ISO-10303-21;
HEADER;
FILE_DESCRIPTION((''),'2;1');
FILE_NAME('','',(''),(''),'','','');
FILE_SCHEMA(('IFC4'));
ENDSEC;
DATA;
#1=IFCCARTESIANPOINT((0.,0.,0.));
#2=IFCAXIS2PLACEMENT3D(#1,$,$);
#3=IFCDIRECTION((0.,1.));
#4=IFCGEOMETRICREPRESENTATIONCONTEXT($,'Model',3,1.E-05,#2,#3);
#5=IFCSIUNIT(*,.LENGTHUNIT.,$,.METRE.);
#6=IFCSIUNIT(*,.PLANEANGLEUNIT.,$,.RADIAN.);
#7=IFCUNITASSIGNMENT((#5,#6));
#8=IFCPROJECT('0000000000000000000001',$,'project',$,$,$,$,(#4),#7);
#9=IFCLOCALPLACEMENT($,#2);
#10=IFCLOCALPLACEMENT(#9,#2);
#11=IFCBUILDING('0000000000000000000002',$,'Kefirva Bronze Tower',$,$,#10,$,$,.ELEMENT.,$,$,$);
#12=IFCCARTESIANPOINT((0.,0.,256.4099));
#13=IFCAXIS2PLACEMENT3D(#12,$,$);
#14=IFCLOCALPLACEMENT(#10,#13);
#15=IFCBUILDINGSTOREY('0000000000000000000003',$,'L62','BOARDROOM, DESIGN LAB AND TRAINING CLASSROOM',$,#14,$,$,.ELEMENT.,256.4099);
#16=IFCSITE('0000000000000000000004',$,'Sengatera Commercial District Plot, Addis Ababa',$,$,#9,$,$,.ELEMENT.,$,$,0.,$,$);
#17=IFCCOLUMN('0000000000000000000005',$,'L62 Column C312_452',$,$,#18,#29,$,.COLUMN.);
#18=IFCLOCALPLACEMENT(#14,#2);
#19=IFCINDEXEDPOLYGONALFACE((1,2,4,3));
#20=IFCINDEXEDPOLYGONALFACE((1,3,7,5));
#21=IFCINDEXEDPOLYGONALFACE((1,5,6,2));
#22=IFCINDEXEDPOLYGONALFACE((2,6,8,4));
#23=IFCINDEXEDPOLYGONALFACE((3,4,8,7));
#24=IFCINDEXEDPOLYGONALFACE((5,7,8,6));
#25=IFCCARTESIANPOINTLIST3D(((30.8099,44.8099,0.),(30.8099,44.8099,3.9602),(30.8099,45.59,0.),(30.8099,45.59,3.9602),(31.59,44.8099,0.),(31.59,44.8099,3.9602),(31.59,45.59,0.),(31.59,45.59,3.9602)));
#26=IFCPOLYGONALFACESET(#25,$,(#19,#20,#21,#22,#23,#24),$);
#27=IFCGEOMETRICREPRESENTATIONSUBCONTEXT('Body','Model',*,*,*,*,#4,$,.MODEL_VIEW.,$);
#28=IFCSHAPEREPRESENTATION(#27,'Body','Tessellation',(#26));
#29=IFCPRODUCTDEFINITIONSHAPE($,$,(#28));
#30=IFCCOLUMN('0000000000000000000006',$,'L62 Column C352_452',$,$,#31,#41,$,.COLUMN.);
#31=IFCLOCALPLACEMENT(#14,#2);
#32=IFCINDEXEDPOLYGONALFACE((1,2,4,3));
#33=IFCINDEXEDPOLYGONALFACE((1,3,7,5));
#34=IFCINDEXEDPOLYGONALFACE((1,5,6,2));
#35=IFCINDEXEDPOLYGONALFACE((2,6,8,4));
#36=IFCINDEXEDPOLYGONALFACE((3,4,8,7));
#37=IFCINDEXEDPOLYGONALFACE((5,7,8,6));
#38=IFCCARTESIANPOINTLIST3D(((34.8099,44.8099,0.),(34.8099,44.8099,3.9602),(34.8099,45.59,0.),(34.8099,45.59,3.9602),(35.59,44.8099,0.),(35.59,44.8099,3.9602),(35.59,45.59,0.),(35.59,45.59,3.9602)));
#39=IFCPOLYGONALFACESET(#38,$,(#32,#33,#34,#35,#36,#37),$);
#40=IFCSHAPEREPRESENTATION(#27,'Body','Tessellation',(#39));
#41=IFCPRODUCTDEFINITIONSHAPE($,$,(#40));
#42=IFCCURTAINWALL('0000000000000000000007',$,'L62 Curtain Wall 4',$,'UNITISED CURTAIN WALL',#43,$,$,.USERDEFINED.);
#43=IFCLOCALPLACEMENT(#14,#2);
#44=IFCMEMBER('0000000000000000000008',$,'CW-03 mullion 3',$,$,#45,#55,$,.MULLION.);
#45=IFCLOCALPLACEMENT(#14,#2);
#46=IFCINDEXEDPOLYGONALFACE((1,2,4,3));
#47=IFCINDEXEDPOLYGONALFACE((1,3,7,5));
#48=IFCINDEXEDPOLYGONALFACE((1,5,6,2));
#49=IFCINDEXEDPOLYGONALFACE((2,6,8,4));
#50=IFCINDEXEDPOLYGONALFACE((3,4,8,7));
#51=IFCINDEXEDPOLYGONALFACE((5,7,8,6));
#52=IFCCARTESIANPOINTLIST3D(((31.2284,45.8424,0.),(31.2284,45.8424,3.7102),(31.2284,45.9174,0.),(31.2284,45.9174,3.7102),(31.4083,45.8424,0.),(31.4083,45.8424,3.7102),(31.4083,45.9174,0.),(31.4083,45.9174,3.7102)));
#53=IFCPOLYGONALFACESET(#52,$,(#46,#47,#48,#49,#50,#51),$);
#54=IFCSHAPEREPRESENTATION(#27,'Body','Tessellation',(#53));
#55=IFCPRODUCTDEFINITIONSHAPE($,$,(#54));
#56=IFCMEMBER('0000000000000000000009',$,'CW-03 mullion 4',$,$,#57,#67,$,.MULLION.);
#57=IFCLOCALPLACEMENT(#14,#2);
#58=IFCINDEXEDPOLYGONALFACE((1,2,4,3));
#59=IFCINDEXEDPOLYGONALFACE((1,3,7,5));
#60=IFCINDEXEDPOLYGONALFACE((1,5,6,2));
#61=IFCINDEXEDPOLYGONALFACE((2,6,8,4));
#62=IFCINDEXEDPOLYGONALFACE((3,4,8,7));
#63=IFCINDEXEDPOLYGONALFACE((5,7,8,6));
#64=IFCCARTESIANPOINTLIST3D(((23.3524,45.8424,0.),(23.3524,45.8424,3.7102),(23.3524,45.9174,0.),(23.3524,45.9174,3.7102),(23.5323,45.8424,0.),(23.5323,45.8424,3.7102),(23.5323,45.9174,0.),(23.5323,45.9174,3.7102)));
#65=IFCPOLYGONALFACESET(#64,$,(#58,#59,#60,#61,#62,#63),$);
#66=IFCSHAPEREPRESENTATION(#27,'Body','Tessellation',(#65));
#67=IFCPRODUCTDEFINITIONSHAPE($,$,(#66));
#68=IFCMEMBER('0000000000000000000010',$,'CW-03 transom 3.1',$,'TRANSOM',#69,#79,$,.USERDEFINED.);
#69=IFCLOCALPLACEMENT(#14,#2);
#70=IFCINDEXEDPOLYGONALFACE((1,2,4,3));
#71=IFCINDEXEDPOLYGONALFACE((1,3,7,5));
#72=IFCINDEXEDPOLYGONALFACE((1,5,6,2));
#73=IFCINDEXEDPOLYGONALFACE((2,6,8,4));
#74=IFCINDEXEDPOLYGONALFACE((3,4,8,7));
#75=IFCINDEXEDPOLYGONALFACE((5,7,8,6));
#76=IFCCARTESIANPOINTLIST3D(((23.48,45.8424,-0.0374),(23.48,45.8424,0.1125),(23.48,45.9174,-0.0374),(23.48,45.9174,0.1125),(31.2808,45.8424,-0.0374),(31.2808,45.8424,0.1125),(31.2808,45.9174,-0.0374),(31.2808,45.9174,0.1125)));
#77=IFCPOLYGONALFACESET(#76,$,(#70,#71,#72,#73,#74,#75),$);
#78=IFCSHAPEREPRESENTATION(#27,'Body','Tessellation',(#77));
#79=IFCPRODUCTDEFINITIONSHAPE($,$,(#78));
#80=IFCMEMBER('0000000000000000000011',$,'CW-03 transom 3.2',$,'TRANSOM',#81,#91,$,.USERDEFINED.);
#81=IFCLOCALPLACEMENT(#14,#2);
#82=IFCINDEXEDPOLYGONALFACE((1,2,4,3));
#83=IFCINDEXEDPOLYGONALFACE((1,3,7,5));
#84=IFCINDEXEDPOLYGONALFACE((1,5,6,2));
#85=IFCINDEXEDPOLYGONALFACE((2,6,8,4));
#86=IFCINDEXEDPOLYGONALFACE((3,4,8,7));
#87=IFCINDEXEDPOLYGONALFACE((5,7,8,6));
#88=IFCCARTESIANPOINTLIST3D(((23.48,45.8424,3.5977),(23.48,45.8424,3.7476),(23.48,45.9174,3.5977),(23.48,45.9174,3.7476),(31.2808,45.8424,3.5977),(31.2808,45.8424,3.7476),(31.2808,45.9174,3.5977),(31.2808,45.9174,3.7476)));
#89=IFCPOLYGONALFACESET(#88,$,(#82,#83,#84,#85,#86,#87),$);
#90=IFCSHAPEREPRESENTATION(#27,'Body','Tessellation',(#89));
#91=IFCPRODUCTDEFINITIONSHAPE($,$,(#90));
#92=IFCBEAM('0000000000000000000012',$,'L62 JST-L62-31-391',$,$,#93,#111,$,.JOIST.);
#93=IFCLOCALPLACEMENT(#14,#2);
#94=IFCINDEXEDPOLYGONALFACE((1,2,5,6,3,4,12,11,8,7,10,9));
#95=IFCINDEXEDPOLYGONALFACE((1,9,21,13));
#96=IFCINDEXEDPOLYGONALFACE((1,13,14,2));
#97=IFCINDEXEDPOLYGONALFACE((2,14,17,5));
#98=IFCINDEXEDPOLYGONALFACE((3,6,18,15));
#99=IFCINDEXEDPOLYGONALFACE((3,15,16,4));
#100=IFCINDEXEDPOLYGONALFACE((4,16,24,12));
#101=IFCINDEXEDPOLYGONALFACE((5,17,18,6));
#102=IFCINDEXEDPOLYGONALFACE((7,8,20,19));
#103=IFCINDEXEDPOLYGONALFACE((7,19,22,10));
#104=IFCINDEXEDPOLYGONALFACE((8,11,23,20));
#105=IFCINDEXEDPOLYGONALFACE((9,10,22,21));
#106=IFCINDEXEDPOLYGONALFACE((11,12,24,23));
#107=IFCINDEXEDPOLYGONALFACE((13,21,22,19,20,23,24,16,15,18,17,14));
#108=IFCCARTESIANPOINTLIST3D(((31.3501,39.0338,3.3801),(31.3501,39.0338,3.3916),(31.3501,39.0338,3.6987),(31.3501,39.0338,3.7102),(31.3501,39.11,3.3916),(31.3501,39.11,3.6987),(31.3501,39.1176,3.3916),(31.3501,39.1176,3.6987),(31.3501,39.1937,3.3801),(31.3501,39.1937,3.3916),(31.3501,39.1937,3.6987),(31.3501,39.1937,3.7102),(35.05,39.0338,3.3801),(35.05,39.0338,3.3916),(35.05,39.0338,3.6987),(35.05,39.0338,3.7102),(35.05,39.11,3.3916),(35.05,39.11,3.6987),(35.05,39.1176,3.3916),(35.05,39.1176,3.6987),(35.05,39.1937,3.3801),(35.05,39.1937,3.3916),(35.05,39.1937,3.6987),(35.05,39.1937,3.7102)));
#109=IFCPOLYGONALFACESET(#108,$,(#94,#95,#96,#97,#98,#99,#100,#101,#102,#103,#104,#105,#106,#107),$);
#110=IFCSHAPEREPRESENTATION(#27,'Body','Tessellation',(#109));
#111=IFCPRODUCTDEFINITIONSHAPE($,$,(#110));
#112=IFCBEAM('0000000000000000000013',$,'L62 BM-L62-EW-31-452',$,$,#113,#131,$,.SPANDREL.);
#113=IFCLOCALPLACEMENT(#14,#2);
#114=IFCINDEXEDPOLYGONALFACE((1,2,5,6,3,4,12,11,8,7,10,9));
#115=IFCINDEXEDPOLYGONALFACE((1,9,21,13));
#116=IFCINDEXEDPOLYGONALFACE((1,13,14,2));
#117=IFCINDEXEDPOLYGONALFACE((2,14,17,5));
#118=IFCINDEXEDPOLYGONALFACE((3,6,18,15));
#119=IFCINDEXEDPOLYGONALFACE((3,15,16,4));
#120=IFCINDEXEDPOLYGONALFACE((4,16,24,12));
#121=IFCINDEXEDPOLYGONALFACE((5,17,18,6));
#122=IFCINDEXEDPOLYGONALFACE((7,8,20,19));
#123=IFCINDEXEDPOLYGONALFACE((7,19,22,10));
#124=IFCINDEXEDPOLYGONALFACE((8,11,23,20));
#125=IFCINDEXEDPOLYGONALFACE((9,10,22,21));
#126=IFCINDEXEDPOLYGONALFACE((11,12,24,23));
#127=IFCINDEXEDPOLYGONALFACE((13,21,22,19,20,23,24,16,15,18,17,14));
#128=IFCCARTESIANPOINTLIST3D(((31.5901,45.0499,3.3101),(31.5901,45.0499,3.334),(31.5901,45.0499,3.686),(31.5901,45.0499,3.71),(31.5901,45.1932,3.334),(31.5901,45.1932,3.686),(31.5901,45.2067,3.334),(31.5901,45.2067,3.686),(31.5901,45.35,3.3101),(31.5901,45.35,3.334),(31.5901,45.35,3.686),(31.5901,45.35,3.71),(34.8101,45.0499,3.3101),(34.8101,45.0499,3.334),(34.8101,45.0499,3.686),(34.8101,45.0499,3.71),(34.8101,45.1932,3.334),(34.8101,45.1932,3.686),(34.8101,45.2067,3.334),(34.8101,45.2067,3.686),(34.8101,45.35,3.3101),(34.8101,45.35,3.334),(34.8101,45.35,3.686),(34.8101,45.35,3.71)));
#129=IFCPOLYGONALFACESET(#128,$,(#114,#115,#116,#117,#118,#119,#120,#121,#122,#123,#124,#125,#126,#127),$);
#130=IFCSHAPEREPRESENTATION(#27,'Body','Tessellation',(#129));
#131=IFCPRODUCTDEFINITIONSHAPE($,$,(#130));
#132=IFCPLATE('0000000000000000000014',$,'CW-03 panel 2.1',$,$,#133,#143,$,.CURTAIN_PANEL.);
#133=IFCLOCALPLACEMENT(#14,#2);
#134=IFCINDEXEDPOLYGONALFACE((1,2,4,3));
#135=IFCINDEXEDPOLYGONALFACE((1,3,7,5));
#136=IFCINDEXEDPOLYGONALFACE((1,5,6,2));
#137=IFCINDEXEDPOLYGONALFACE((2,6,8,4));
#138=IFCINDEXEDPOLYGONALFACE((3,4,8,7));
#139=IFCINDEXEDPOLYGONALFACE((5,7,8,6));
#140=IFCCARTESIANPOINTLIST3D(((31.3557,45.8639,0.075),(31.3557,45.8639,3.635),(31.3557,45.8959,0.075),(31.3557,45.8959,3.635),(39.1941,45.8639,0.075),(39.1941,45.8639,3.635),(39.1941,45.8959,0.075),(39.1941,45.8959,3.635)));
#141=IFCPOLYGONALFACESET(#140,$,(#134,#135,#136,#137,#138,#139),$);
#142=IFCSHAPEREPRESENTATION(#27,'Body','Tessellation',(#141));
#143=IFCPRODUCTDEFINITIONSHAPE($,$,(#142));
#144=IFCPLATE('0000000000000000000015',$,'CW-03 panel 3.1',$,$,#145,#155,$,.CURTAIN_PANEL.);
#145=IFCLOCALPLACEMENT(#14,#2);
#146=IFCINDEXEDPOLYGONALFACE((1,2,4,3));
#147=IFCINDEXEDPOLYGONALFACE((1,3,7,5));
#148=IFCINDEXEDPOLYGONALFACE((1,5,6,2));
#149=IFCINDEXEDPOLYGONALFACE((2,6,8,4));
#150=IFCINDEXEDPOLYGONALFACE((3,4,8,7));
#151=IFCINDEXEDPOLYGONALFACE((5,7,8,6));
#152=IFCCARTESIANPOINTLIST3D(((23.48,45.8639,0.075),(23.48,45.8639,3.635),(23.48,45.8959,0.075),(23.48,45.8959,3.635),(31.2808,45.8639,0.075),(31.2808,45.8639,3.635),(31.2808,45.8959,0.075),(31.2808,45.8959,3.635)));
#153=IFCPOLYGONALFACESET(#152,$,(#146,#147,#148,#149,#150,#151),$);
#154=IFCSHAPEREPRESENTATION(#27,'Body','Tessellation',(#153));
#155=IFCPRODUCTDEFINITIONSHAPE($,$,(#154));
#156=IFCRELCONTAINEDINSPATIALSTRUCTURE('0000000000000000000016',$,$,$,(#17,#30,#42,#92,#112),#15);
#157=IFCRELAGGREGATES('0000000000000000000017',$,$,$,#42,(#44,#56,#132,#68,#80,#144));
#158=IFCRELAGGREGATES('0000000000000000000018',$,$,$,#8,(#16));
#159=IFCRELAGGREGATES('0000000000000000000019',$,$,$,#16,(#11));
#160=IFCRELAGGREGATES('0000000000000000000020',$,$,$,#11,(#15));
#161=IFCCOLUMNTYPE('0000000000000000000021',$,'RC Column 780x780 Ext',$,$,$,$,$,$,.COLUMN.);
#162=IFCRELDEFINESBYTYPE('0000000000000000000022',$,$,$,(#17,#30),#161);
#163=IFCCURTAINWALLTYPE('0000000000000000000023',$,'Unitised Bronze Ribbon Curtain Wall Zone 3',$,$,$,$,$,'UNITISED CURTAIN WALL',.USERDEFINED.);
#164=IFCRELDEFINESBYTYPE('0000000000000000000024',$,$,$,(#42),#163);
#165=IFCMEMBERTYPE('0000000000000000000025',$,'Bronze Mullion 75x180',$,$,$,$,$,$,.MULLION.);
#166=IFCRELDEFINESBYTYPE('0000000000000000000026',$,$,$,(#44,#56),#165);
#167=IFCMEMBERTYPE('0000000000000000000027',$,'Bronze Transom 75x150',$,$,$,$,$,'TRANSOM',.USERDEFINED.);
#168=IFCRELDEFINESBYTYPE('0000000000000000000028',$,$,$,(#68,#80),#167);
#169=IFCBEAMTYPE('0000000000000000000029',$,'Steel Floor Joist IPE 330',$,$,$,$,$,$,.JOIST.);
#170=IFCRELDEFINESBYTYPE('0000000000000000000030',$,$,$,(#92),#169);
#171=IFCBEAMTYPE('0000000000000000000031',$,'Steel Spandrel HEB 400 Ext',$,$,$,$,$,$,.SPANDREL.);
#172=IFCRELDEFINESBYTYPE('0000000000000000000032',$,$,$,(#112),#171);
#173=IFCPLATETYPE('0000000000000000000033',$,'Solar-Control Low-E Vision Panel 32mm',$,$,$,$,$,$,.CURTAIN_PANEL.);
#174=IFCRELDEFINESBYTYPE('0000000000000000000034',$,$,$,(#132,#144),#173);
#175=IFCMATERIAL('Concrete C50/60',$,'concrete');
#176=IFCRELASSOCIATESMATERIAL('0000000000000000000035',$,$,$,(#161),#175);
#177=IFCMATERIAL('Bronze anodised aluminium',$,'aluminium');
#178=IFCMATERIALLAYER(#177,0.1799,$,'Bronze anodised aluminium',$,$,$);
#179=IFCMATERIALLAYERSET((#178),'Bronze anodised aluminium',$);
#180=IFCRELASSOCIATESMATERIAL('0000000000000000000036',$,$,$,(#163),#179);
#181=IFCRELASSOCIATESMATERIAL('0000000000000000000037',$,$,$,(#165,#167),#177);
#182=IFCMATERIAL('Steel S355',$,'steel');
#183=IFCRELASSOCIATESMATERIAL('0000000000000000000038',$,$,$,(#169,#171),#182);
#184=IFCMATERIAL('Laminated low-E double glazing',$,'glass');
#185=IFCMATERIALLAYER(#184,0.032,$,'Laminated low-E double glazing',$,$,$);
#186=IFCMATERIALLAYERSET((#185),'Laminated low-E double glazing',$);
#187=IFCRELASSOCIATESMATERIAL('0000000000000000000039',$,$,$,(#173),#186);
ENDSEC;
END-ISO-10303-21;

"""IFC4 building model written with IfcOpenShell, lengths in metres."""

from ifc_helpers import new_model, si_unit, direction, frame, origin, origin_2d, place, context, subcontext, project, spatial, rectangle, i_section, extrude, material, layer, layer_set, material_profile, profile_set, type_object, element, aggregate, save


model = new_model("IFC4")

# Units and contexts
model_context = context("Model", 3, precision=1e-05, world=origin(), true_north=direction((0.0, 1.0)))
body_context = subcontext(model_context, "Body", "Model", "MODEL_VIEW")
ifc_project = project(units=[si_unit("LENGTHUNIT", "METRE"), si_unit("PLANEANGLEUNIT", "RADIAN")], contexts=[model_context])

# Site, building, storey
site_placement = place(None, origin())
site = spatial("IfcSite", under=ifc_project, at=site_placement, Name="Sengatera Commercial District Plot, Addis Ababa", CompositionType="ELEMENT", RefElevation=0.0)
building_placement = place(site_placement, origin())
building = spatial("IfcBuilding", under=site, at=building_placement, Name="Kefirva Bronze Tower", CompositionType="ELEMENT")
storey_placement = place(building_placement, frame((0.0, 0.0, 256.4099)))
storey = spatial("IfcBuildingStorey", under=building, at=storey_placement, Name="L62", Description="BOARDROOM, DESIGN LAB AND TRAINING CLASSROOM", CompositionType="ELEMENT", Elevation=256.4099)

# Columns
ifc_material_1 = material(Name="Concrete C50/60", Category="concrete")
ifc_material_profile_1 = material_profile(ifc_material_1, rectangle(XDim=0.78, YDim=0.78, at=origin_2d()), Name="RC 780x780")
ifc_profile_set_1 = profile_set([ifc_material_profile_1], Name="Concrete C50/60")
column_type = type_object("IfcColumnType", Name="RC Column 780x780 Ext", PredefinedType="COLUMN", material=ifc_profile_set_1)
for number, where, z_axis, x_axis, name in (
    (1, (31.2, 45.2, 0.0), (0.0, 0.0, 1.0), (1.0, 0.0, 0.0), "L62 Column C312_452"),
    (2, (35.2, 45.2, 0.0), (0.0, 0.0, 1.0), (1.0, 0.0, 0.0), "L62 Column C352_452"),
):
    element("IfcColumn", number, at=place(storey_placement, frame(where, z_axis=z_axis, x_axis=x_axis)), inside=storey, type_object=column_type, Name=name, PredefinedType="COLUMN", context=body_context, shape_type="SweptSolid", body=[
        extrude(rectangle(XDim=0.78, YDim=0.78, at=origin_2d()), origin(), (0.0, 0.0, 1.0), 3.9602),
    ])

# Curtain wall, members
ifc_material_2 = material(Name="Bronze anodised aluminium", Category="aluminium")
ifc_layer_1 = layer(ifc_material_2, 0.1799, Name="Bronze anodised aluminium")
ifc_layer_set_1 = layer_set([ifc_layer_1], Name="Bronze anodised aluminium")
curtain_wall_type = type_object("IfcCurtainWallType", Name="Unitised Bronze Ribbon Curtain Wall Zone 3", ElementType="UNITISED CURTAIN WALL", PredefinedType="USERDEFINED", material=ifc_layer_set_1)
curtain_wall_placement = place(storey_placement, origin())
curtain_wall = element("IfcCurtainWall", 3, at=curtain_wall_placement, inside=storey, type_object=curtain_wall_type, Name="L62 Curtain Wall 4", ObjectType="UNITISED CURTAIN WALL", PredefinedType="USERDEFINED")
ifc_material_profile_2 = material_profile(ifc_material_2, rectangle(XDim=0.075, YDim=0.1799, at=origin_2d()), Name="ALU 75x180")
ifc_profile_set_2 = profile_set([ifc_material_profile_2], Name="Bronze anodised aluminium")
member_type_1 = type_object("IfcMemberType", Name="Bronze Mullion 75x180", PredefinedType="MULLION", material=ifc_profile_set_2)
member_1_placement = place(storey_placement, frame((31.3184, 45.8799, 0.0), z_axis=(0.0, 0.0, 1.0), x_axis=(0.0, -1.0, 0.0)))
member_1 = element("IfcMember", 4, at=member_1_placement, type_object=member_type_1, Name="CW-03 mullion 3", PredefinedType="MULLION", context=body_context, shape_type="SweptSolid", body=[
    extrude(rectangle(XDim=0.075, YDim=0.1799, at=origin_2d()), origin(), (0.0, 0.0, 1.0), 3.7102),
])
member_2_placement = place(storey_placement, frame((23.4424, 45.8799, 0.0), z_axis=(0.0, 0.0, 1.0), x_axis=(0.0, -1.0, 0.0)))
member_2 = element("IfcMember", 5, at=member_2_placement, type_object=member_type_1, Name="CW-03 mullion 4", PredefinedType="MULLION", context=body_context, shape_type="SweptSolid", body=[
    extrude(rectangle(XDim=0.075, YDim=0.1799, at=origin_2d()), origin(), (0.0, 0.0, 1.0), 3.7102),
])
ifc_material_profile_3 = material_profile(ifc_material_2, rectangle(XDim=0.075, YDim=0.1499, at=origin_2d()), Name="ALU 75x150")
ifc_profile_set_3 = profile_set([ifc_material_profile_3], Name="Bronze anodised aluminium")
member_type_2 = type_object("IfcMemberType", Name="Bronze Transom 75x150", ElementType="TRANSOM", PredefinedType="USERDEFINED", material=ifc_profile_set_3)
member_3_placement = place(storey_placement, frame((31.2808, 45.8799, 0.0376), z_axis=(-1.0, 0.0, 0.0), x_axis=(0.0, -1.0, 0.0)))
member_3 = element("IfcMember", 6, at=member_3_placement, type_object=member_type_2, Name="CW-03 transom 3.1", ObjectType="TRANSOM", PredefinedType="USERDEFINED", context=body_context, shape_type="SweptSolid", body=[
    extrude(rectangle(XDim=0.075, YDim=0.1499, at=origin_2d()), origin(), (0.0, 0.0, 1.0), 7.8008),
])
member_4_placement = place(storey_placement, frame((31.2808, 45.8799, 3.6726), z_axis=(-1.0, 0.0, 0.0), x_axis=(0.0, -1.0, 0.0)))
member_4 = element("IfcMember", 7, at=member_4_placement, type_object=member_type_2, Name="CW-03 transom 3.2", ObjectType="TRANSOM", PredefinedType="USERDEFINED", context=body_context, shape_type="SweptSolid", body=[
    extrude(rectangle(XDim=0.075, YDim=0.1499, at=origin_2d()), origin(), (0.0, 0.0, 1.0), 7.8008),
])

# Beams
ifc_material_3 = material(Name="Steel S355", Category="steel")
ifc_material_profile_4 = material_profile(ifc_material_3, i_section(OverallWidth=0.1599, OverallDepth=0.3301, WebThickness=0.0076, FlangeThickness=0.0115, at=origin_2d()), Name="IPE 330")
ifc_profile_set_4 = profile_set([ifc_material_profile_4], Name="Steel S355")
beam_type_1 = type_object("IfcBeamType", Name="Steel Floor Joist IPE 330", PredefinedType="JOIST", material=ifc_profile_set_4)
beam_1_placement = place(storey_placement, frame((31.3501, 39.1138, 3.5452), z_axis=(1.0, 0.0, 0.0), x_axis=(0.0, 1.0, 0.0)))
element("IfcBeam", 8, at=beam_1_placement, inside=storey, type_object=beam_type_1, Name="L62 JST-L62-31-391", PredefinedType="JOIST", context=body_context, shape_type="SweptSolid", body=[
    extrude(i_section(OverallWidth=0.1599, OverallDepth=0.3301, WebThickness=0.0076, FlangeThickness=0.0115, at=origin_2d()), origin(), (0.0, 0.0, 1.0), 3.7),
])
ifc_material_profile_5 = material_profile(ifc_material_3, i_section(OverallWidth=0.3, OverallDepth=0.3999, WebThickness=0.0134, FlangeThickness=0.0239, at=origin_2d()), Name="HEB 400")
ifc_profile_set_5 = profile_set([ifc_material_profile_5], Name="Steel S355")
beam_type_2 = type_object("IfcBeamType", Name="Steel Spandrel HEB 400 Ext", PredefinedType="SPANDREL", material=ifc_profile_set_5)
beam_2_placement = place(storey_placement, frame((31.5901, 45.2, 3.51), z_axis=(1.0, 0.0, 0.0), x_axis=(0.0, 1.0, 0.0)))
element("IfcBeam", 9, at=beam_2_placement, inside=storey, type_object=beam_type_2, Name="L62 BM-L62-EW-31-452", PredefinedType="SPANDREL", context=body_context, shape_type="SweptSolid", body=[
    extrude(i_section(OverallWidth=0.3, OverallDepth=0.3999, WebThickness=0.0134, FlangeThickness=0.0239, at=origin_2d()), origin(), (0.0, 0.0, 1.0), 3.22),
])

# Plates
ifc_material_4 = material(Name="Laminated low-E double glazing", Category="glass")
ifc_layer_2 = layer(ifc_material_4, 0.032, Name="Laminated low-E double glazing")
ifc_layer_set_2 = layer_set([ifc_layer_2], Name="Laminated low-E double glazing")
plate_type = type_object("IfcPlateType", Name="Solar-Control Low-E Vision Panel 32mm", PredefinedType="CURTAIN_PANEL", material=ifc_layer_set_2)
plate_1_placement = place(storey_placement, frame((35.2749, 45.8799, 0.075), z_axis=(0.0, 0.0, 1.0), x_axis=(-1.0, 0.0, 0.0)))
plate_1 = element("IfcPlate", 10, at=plate_1_placement, type_object=plate_type, Name="CW-03 panel 2.1", PredefinedType="CURTAIN_PANEL", context=body_context, shape_type="SweptSolid", body=[
    extrude(rectangle(XDim=7.8384, YDim=0.032, at=origin_2d()), origin(), (0.0, 0.0, 1.0), 3.5601),
])
plate_2_placement = place(storey_placement, frame((27.3804, 45.8799, 0.075), z_axis=(0.0, 0.0, 1.0), x_axis=(-1.0, 0.0, 0.0)))
plate_2 = element("IfcPlate", 11, at=plate_2_placement, type_object=plate_type, Name="CW-03 panel 3.1", PredefinedType="CURTAIN_PANEL", context=body_context, shape_type="SweptSolid", body=[
    extrude(rectangle(XDim=7.8008, YDim=0.032, at=origin_2d()), origin(), (0.0, 0.0, 1.0), 3.5601),
])
aggregate(curtain_wall, [member_1, member_2, plate_1, member_3, member_4, plate_2])

save(model, "model.ifc")
